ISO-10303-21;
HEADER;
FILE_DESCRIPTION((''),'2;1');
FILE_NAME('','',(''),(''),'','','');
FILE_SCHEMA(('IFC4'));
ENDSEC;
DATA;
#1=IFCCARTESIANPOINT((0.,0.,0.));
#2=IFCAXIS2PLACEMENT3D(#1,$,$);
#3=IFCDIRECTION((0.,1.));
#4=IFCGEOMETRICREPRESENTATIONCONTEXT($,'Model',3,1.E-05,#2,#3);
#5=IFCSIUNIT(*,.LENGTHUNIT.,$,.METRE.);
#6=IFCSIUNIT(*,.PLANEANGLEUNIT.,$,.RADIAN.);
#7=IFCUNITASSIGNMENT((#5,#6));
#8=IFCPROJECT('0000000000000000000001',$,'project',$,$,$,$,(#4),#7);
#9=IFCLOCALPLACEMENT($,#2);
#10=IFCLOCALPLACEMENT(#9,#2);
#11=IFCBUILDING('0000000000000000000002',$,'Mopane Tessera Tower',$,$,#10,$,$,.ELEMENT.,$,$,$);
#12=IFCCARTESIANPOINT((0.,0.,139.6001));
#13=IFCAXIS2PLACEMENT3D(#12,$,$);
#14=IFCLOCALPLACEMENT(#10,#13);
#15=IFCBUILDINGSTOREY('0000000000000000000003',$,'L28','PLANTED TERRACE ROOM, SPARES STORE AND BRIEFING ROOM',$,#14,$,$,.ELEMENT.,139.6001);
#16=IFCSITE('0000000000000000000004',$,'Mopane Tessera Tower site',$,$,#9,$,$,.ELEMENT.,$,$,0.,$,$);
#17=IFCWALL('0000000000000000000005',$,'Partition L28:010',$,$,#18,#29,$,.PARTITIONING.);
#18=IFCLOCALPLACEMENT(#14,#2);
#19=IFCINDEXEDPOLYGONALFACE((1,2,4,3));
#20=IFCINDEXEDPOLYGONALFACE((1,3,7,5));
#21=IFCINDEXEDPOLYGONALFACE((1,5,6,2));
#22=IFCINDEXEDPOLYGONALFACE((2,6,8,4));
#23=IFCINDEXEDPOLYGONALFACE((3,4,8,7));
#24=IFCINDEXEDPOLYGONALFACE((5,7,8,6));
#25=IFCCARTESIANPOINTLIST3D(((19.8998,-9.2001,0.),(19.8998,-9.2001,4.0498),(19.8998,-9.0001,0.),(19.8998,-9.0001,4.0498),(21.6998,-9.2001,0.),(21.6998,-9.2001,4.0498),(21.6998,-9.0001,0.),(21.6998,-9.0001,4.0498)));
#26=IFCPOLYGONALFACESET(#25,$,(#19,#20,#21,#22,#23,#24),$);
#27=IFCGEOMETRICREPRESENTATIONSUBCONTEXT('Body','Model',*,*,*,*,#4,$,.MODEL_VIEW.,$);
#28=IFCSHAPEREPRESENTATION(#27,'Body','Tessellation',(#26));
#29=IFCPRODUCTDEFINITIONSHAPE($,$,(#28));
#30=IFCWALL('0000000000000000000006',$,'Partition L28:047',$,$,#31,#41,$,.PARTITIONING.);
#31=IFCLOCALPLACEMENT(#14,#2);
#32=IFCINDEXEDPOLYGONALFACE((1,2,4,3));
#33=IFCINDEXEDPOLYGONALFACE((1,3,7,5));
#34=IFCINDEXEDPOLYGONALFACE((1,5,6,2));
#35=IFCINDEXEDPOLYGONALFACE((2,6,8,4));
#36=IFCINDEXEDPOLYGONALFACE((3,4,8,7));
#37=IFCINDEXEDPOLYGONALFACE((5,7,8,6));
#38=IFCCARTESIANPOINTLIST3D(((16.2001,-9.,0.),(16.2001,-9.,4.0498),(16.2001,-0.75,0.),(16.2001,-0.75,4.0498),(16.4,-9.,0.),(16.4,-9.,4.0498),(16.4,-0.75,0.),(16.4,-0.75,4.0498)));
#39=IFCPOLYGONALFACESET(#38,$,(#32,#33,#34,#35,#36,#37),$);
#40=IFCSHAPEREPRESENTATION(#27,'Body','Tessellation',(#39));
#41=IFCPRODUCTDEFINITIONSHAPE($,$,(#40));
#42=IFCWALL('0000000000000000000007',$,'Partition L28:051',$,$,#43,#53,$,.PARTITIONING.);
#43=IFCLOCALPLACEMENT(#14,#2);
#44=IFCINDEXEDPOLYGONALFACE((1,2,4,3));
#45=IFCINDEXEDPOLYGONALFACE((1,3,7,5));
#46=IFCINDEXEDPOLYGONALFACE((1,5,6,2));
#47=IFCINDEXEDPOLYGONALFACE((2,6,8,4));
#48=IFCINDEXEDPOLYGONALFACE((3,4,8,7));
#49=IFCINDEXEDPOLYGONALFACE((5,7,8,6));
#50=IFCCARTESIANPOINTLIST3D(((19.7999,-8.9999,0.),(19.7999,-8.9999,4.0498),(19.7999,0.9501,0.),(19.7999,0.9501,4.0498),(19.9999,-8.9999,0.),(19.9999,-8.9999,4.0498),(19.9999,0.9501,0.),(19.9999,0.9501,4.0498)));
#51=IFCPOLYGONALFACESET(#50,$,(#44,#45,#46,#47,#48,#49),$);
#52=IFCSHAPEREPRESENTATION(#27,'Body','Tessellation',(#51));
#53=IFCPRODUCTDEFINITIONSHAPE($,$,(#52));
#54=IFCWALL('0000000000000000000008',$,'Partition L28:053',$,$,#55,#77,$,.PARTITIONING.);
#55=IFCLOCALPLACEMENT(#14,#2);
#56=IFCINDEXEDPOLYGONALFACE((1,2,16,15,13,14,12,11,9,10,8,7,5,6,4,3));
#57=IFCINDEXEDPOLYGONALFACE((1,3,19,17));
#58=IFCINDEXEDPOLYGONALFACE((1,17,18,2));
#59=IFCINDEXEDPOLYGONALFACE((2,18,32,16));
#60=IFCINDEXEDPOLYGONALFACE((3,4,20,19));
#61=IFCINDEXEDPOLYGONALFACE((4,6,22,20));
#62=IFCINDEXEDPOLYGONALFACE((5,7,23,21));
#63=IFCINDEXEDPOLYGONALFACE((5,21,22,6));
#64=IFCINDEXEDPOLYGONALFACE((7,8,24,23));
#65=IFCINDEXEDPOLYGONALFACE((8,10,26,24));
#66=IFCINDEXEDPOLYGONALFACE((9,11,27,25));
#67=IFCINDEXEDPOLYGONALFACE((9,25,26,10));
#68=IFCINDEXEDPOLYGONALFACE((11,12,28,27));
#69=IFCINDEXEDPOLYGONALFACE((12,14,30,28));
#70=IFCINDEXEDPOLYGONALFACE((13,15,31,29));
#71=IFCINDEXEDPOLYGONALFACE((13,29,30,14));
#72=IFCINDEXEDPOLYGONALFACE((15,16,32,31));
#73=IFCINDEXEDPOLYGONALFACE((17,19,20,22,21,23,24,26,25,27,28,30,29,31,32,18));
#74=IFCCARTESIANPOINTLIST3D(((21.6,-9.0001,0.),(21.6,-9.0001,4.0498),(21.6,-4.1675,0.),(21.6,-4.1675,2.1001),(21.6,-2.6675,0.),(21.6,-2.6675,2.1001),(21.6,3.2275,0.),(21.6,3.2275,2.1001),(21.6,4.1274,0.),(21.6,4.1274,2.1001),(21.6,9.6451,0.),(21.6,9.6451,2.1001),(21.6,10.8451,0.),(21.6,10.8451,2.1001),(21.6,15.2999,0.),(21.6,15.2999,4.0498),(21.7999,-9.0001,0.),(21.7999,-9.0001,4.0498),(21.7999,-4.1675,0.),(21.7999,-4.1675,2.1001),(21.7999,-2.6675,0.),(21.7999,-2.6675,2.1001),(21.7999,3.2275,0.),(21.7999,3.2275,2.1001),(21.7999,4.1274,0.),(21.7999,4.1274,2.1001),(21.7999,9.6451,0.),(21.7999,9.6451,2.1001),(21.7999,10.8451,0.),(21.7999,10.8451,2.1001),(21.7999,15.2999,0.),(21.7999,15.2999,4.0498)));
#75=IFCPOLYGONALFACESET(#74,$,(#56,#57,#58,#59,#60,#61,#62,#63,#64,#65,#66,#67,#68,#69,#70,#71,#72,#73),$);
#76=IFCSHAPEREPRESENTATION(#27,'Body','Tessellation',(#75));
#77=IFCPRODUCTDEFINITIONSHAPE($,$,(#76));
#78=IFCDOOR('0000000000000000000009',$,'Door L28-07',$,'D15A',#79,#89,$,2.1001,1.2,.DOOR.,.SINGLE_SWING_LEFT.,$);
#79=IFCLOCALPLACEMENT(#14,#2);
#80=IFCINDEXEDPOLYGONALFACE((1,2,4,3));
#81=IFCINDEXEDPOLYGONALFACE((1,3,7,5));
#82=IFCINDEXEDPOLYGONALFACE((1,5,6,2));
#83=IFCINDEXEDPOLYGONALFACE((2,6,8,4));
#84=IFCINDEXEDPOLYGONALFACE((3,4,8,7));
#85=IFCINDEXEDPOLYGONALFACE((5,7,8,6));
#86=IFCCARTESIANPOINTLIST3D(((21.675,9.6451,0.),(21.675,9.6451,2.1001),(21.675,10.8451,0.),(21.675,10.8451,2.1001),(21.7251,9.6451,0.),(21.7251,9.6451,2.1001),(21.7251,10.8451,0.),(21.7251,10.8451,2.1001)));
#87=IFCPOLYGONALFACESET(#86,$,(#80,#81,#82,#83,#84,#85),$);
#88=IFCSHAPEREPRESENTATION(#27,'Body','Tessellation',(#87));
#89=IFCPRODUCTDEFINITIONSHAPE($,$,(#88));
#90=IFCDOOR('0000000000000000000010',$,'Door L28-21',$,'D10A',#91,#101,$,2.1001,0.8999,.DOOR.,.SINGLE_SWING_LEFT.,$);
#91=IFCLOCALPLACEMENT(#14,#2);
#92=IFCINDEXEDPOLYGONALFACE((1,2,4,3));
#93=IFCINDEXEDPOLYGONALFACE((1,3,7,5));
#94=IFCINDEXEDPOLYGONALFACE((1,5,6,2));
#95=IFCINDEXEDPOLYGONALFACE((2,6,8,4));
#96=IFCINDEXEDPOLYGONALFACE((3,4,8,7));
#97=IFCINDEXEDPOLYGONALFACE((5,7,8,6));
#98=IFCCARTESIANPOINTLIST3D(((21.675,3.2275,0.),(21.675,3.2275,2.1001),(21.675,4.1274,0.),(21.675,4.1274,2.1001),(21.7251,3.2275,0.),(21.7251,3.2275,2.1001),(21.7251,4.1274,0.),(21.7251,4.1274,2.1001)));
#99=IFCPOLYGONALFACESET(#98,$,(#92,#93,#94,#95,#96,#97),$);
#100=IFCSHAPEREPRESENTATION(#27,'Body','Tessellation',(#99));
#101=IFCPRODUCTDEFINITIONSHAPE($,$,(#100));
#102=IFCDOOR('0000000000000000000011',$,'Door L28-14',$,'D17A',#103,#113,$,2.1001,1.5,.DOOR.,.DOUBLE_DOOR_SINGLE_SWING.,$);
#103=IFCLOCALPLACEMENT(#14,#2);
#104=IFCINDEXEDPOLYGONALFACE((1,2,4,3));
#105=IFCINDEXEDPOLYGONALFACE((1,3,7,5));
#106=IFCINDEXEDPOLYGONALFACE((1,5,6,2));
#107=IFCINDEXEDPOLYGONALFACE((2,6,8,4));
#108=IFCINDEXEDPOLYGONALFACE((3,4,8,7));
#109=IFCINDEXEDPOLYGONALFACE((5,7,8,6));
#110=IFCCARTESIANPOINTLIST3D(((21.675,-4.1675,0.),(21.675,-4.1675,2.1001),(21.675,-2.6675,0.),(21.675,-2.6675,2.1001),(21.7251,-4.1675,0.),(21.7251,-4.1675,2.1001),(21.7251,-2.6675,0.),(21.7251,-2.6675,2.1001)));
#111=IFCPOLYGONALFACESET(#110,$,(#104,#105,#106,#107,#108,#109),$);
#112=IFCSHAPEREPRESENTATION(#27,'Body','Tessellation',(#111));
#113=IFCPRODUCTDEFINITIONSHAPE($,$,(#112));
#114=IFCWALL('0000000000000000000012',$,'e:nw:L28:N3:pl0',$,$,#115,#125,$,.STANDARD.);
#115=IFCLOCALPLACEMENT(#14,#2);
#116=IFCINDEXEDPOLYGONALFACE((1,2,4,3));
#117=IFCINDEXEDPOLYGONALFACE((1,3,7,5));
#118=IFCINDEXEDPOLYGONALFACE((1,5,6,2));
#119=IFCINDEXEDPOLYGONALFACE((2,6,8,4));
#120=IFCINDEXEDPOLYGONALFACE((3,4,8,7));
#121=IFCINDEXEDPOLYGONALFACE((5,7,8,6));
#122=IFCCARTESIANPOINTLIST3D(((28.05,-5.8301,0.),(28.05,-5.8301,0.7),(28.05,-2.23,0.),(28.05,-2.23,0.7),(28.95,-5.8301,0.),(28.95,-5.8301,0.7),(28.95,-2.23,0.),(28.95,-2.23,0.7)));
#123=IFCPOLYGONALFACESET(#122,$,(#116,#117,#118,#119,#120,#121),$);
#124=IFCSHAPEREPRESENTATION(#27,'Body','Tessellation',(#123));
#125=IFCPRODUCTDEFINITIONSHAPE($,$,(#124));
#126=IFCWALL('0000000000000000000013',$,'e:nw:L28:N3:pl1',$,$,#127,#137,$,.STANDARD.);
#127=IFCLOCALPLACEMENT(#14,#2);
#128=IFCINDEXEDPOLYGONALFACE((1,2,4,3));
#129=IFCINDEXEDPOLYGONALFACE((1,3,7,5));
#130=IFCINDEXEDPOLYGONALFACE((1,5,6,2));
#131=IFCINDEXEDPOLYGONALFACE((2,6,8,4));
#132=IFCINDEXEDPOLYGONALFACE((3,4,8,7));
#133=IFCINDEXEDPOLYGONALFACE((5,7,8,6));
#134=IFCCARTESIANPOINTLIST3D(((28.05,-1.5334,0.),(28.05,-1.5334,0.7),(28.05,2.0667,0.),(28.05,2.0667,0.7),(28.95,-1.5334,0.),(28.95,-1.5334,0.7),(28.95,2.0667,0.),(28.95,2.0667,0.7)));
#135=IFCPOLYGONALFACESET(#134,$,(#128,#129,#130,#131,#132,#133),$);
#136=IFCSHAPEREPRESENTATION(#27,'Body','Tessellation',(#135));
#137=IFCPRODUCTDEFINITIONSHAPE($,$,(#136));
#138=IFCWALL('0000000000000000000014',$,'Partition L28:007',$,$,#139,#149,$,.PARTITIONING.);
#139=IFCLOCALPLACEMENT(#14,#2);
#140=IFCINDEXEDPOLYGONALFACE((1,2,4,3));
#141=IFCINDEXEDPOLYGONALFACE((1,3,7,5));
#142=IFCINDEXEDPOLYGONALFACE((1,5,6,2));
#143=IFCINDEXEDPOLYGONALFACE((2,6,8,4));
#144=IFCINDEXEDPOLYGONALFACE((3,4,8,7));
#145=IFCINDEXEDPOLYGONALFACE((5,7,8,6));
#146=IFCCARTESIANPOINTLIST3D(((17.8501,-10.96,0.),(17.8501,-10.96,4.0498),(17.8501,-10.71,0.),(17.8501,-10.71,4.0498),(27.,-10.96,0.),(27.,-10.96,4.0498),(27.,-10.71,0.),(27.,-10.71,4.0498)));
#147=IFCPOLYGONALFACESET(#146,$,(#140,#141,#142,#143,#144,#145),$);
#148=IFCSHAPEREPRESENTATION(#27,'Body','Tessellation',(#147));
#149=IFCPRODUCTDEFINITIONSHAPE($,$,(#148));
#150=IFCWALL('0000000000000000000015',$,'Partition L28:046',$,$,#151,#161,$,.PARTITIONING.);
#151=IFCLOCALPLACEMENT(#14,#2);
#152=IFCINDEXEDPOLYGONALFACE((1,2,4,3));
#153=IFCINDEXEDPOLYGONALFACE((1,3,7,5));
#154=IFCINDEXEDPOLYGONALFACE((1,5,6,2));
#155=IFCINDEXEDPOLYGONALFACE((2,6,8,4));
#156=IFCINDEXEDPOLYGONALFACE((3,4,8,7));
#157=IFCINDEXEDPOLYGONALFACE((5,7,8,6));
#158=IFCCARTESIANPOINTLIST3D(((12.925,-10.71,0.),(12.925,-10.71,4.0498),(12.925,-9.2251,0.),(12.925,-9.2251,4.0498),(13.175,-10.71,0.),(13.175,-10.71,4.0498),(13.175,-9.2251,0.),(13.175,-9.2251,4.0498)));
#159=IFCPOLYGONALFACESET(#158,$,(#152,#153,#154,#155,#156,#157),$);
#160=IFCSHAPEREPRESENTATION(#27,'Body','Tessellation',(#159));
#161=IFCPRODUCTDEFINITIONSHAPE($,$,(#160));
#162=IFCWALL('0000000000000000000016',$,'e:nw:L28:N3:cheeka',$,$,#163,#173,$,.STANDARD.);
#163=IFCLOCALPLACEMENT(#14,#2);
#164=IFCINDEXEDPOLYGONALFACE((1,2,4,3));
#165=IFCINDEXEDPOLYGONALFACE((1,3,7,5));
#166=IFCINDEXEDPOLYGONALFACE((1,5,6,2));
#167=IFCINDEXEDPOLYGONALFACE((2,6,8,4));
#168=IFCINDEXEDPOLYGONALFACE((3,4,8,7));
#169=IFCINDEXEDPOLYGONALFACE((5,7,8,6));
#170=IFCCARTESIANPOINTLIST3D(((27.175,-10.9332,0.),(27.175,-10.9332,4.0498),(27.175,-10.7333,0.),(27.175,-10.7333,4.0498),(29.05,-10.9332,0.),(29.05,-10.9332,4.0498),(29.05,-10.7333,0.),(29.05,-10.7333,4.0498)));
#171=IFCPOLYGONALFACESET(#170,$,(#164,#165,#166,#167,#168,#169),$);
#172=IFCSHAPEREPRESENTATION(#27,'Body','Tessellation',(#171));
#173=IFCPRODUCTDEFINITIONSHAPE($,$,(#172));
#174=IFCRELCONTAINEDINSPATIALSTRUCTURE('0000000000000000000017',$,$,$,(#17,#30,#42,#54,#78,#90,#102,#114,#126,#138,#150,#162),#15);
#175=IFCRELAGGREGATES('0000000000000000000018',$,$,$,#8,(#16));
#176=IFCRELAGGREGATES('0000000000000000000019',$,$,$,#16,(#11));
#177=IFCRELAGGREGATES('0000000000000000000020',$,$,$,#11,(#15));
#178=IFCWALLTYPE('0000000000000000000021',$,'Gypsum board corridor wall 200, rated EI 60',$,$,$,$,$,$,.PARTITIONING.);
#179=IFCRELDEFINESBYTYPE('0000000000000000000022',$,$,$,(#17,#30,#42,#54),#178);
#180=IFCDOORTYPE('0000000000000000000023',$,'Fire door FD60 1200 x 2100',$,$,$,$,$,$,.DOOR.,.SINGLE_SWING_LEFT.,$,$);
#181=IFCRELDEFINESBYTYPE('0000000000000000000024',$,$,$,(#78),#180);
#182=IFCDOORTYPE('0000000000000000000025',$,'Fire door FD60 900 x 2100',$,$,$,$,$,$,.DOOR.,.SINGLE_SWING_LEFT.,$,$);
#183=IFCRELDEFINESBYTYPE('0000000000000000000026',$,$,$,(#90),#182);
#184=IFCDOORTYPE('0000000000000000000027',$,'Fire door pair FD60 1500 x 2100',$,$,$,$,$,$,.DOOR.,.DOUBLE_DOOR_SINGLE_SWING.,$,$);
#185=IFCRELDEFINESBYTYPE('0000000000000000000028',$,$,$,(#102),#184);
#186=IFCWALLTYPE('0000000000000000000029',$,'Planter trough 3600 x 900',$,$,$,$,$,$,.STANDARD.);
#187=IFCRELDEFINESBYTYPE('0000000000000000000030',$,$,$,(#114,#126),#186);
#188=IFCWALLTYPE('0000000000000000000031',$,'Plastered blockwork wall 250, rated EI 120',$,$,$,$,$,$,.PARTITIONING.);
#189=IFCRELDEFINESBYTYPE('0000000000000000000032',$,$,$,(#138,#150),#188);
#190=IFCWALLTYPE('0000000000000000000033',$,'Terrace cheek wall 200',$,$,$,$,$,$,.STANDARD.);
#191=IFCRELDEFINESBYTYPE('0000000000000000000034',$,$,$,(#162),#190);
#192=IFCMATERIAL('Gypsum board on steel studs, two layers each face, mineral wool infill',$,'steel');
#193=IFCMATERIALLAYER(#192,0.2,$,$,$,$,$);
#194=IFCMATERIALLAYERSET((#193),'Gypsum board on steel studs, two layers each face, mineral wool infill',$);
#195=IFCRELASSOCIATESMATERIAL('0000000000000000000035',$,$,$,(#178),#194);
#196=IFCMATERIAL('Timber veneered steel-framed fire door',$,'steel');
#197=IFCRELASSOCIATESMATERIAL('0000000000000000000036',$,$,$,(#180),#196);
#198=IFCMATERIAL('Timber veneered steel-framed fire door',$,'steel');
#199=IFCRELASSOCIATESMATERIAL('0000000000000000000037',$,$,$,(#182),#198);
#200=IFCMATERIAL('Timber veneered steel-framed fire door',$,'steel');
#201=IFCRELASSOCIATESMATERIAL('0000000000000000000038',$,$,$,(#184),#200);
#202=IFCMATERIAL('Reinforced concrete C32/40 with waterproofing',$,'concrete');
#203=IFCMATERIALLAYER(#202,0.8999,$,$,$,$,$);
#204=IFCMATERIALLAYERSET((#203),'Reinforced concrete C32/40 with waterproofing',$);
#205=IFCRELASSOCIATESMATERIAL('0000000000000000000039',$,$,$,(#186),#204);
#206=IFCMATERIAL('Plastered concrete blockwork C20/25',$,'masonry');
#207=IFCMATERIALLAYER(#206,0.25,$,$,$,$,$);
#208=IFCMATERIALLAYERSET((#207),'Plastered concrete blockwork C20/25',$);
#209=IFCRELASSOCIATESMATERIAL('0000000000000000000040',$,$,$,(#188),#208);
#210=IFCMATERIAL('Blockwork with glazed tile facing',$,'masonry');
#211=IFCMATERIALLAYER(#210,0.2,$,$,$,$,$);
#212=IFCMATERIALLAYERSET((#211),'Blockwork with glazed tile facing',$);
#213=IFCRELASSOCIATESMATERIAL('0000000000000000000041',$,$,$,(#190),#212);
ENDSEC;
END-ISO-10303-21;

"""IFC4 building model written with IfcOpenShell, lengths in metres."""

from ifc_helpers import new_model, si_unit, direction, frame, frame_2d, origin, place, context, subcontext, project, spatial, rectangle, extrude, material, layer, layer_set, type_object, element, fill, save


model = new_model("IFC4")

# Units and contexts
model_context = context("Model", 3, precision=1e-05, world=origin(), true_north=direction((0.0, 1.0)))
body_context = subcontext(model_context, "Body", "Model", "MODEL_VIEW")
ifc_project = project(units=[si_unit("LENGTHUNIT", "METRE"), si_unit("PLANEANGLEUNIT", "RADIAN")], contexts=[model_context])

# Site, building, storey
site_placement = place(None, origin())
site = spatial("IfcSite", under=ifc_project, at=site_placement, Name="Mopane Tessera Tower site", CompositionType="ELEMENT", RefElevation=0.0)
building_placement = place(site_placement, origin())
building = spatial("IfcBuilding", under=site, at=building_placement, Name="Mopane Tessera Tower", CompositionType="ELEMENT")
storey_placement = place(building_placement, frame((0.0, 0.0, 139.6001)))
storey = spatial("IfcBuildingStorey", under=building, at=storey_placement, Name="L28", Description="PLANTED TERRACE ROOM, SPARES STORE AND BRIEFING ROOM", CompositionType="ELEMENT", Elevation=139.6001)

# Walls
ifc_material_1 = material(Name="Gypsum board on steel studs, two layers each face, mineral wool infill", Category="steel")
ifc_layer_1 = layer(ifc_material_1, 0.2)
ifc_layer_set_1 = layer_set([ifc_layer_1], Name="Gypsum board on steel studs, two layers each face, mineral wool infill")
wall_type_1 = type_object("IfcWallType", Name="Gypsum board corridor wall 200, rated EI 60", PredefinedType="PARTITIONING", material=ifc_layer_set_1)
wall_1_placement = place(storey_placement, frame((19.8999, -9.1001, 0.0), z_axis=(0.0, 0.0, 1.0), x_axis=(1.0, 0.0, 0.0)))
element("IfcWall", 1, at=wall_1_placement, inside=storey, type_object=wall_type_1, Name="Partition L28:010", PredefinedType="PARTITIONING", context=body_context, shape_type="SweptSolid", body=[
    extrude(rectangle(XDim=1.8, YDim=0.2, at=frame_2d((0.8999, 0.0))), origin(), (0.0, 0.0, 1.0), 4.0498),
])
wall_2_placement = place(storey_placement, frame((16.3, -9.0, 0.0), z_axis=(0.0, 0.0, 1.0), x_axis=(0.0, 1.0, 0.0)))
element("IfcWall", 2, at=wall_2_placement, inside=storey, type_object=wall_type_1, Name="Partition L28:047", PredefinedType="PARTITIONING", context=body_context, shape_type="SweptSolid", body=[
    extrude(rectangle(XDim=8.25, YDim=0.2, at=frame_2d((4.125, 0.0))), origin(), (0.0, 0.0, 1.0), 4.0498),
])
wall_3_placement = place(storey_placement, frame((19.8999, -9.0, 0.0), z_axis=(0.0, 0.0, 1.0), x_axis=(0.0, 1.0, 0.0)))
element("IfcWall", 3, at=wall_3_placement, inside=storey, type_object=wall_type_1, Name="Partition L28:051", PredefinedType="PARTITIONING", context=body_context, shape_type="SweptSolid", body=[
    extrude(rectangle(XDim=9.95, YDim=0.2, at=frame_2d((4.9751, 0.0))), origin(), (0.0, 0.0, 1.0), 4.0498),
])

# Wall, openings, doors
wall_4_placement = place(storey_placement, frame((21.7, -9.0, 0.0), z_axis=(0.0, 0.0, 1.0), x_axis=(0.0, 1.0, 0.0)))
wall_4 = element("IfcWall", 4, at=wall_4_placement, inside=storey, type_object=wall_type_1, Name="Partition L28:053", PredefinedType="PARTITIONING", context=body_context, shape_type="SweptSolid", body=[
    extrude(rectangle(XDim=24.3, YDim=0.2, at=frame_2d((12.1499, 0.0))), origin(), (0.0, 0.0, 1.0), 4.0498),
])
opening_1_placement = place(wall_4_placement, frame((18.645, 0.0, 0.0)))
opening_1 = element("IfcOpeningElement", 5, at=opening_1_placement, cuts=wall_4, PredefinedType="OPENING", context=body_context, shape_type="SweptSolid", body=[
    extrude(rectangle(XDim=1.2, YDim=2.1001, at=frame_2d((0.6001, 1.05))), frame((0.0, 0.1121, 0.0), z_axis=(0.0, -1.0, 0.0), x_axis=(1.0, 0.0, 0.0)), (0.0, 0.0, 1.0), 0.2239),
])
opening_2_placement = place(wall_4_placement, frame((4.8325, 0.0, 0.0)))
opening_2 = element("IfcOpeningElement", 6, at=opening_2_placement, cuts=wall_4, PredefinedType="OPENING", context=body_context, shape_type="SweptSolid", body=[
    extrude(rectangle(XDim=1.5, YDim=2.1001, at=frame_2d((0.75, 1.05))), frame((0.0, 0.1121, 0.0), z_axis=(0.0, -1.0, 0.0), x_axis=(1.0, 0.0, 0.0)), (0.0, 0.0, 1.0), 0.2239),
])
opening_3_placement = place(wall_4_placement, frame((12.2275, 0.0, 0.0)))
opening_3 = element("IfcOpeningElement", 7, at=opening_3_placement, cuts=wall_4, PredefinedType="OPENING", context=body_context, shape_type="SweptSolid", body=[
    extrude(rectangle(XDim=0.8999, YDim=2.1001, at=frame_2d((0.45, 1.05))), frame((0.0, 0.1121, 0.0), z_axis=(0.0, -1.0, 0.0), x_axis=(1.0, 0.0, 0.0)), (0.0, 0.0, 1.0), 0.2239),
])
ifc_material_2 = material(Name="Timber veneered steel-framed fire door", Category="steel")
door_type_1 = type_object("IfcDoorType", Name="Fire door FD60 1200 x 2100", OperationType="SINGLE_SWING_LEFT", PredefinedType="DOOR", material=ifc_material_2)
door_1_placement = place(opening_1_placement, origin())
door_1 = element("IfcDoor", 8, at=door_1_placement, inside=storey, type_object=door_type_1, Name="Door L28-07", ObjectType="D15A", OperationType="SINGLE_SWING_LEFT", OverallHeight=2.1001, OverallWidth=1.2, PredefinedType="DOOR", context=body_context, shape_type="SweptSolid", body=[
    extrude(rectangle(XDim=1.2, YDim=2.1001, at=frame_2d((0.6001, 1.05))), frame((0.0, 0.0249, 0.0), z_axis=(0.0, -1.0, 0.0), x_axis=(1.0, 0.0, 0.0)), (0.0, 0.0, 1.0), 0.05),
])
fill(opening_1, door_1)
ifc_material_3 = material(Name="Timber veneered steel-framed fire door", Category="steel")
door_type_2 = type_object("IfcDoorType", Name="Fire door FD60 900 x 2100", OperationType="SINGLE_SWING_LEFT", PredefinedType="DOOR", material=ifc_material_3)
door_2_placement = place(opening_3_placement, origin())
door_2 = element("IfcDoor", 9, at=door_2_placement, inside=storey, type_object=door_type_2, Name="Door L28-21", ObjectType="D10A", OperationType="SINGLE_SWING_LEFT", OverallHeight=2.1001, OverallWidth=0.8999, PredefinedType="DOOR", context=body_context, shape_type="SweptSolid", body=[
    extrude(rectangle(XDim=0.8999, YDim=2.1001, at=frame_2d((0.45, 1.05))), frame((0.0, 0.0249, 0.0), z_axis=(0.0, -1.0, 0.0), x_axis=(1.0, 0.0, 0.0)), (0.0, 0.0, 1.0), 0.05),
])
fill(opening_3, door_2)
ifc_material_4 = material(Name="Timber veneered steel-framed fire door", Category="steel")
door_type_3 = type_object("IfcDoorType", Name="Fire door pair FD60 1500 x 2100", OperationType="DOUBLE_DOOR_SINGLE_SWING", PredefinedType="DOOR", material=ifc_material_4)
door_3_placement = place(opening_2_placement, origin())
door_3 = element("IfcDoor", 10, at=door_3_placement, inside=storey, type_object=door_type_3, Name="Door L28-14", ObjectType="D17A", OperationType="DOUBLE_DOOR_SINGLE_SWING", OverallHeight=2.1001, OverallWidth=1.5, PredefinedType="DOOR", context=body_context, shape_type="SweptSolid", body=[
    extrude(rectangle(XDim=1.5, YDim=2.1001, at=frame_2d((0.75, 1.05))), frame((0.0, 0.0249, 0.0), z_axis=(0.0, -1.0, 0.0), x_axis=(1.0, 0.0, 0.0)), (0.0, 0.0, 1.0), 0.05),
])
fill(opening_2, door_3)

# Walls
ifc_material_5 = material(Name="Reinforced concrete C32/40 with waterproofing", Category="concrete")
ifc_layer_2 = layer(ifc_material_5, 0.8999)
ifc_layer_set_2 = layer_set([ifc_layer_2], Name="Reinforced concrete C32/40 with waterproofing")
wall_type_2 = type_object("IfcWallType", Name="Planter trough 3600 x 900", PredefinedType="STANDARD", material=ifc_layer_set_2)
for number, where, z_axis, x_axis, name in (
    (11, (28.5, -5.8301, 0.0), (0.0, 0.0, 1.0), (0.0, 1.0, 0.0), "e:nw:L28:N3:pl0"),
    (12, (28.5, -1.5334, 0.0), (0.0, 0.0, 1.0), (0.0, 1.0, 0.0), "e:nw:L28:N3:pl1"),
):
    element("IfcWall", number, at=place(storey_placement, frame(where, z_axis=z_axis, x_axis=x_axis)), inside=storey, type_object=wall_type_2, Name=name, PredefinedType="STANDARD", context=body_context, shape_type="SweptSolid", body=[
        extrude(rectangle(XDim=3.6001, YDim=0.8999, at=frame_2d((1.8, 0.0))), origin(), (0.0, 0.0, 1.0), 0.7),
    ])
ifc_material_6 = material(Name="Plastered concrete blockwork C20/25", Category="masonry")
ifc_layer_3 = layer(ifc_material_6, 0.25)
ifc_layer_set_3 = layer_set([ifc_layer_3], Name="Plastered concrete blockwork C20/25")
wall_type_3 = type_object("IfcWallType", Name="Plastered blockwork wall 250, rated EI 120", PredefinedType="PARTITIONING", material=ifc_layer_set_3)
wall_5_placement = place(storey_placement, frame((17.8501, -10.835, 0.0), z_axis=(0.0, 0.0, 1.0), x_axis=(1.0, 0.0, 0.0)))
element("IfcWall", 13, at=wall_5_placement, inside=storey, type_object=wall_type_3, Name="Partition L28:007", PredefinedType="PARTITIONING", context=body_context, shape_type="SweptSolid", body=[
    extrude(rectangle(XDim=9.1499, YDim=0.25, at=frame_2d((4.575, 0.0))), origin(), (0.0, 0.0, 1.0), 4.0498),
])
wall_6_placement = place(storey_placement, frame((13.05, -10.71, 0.0), z_axis=(0.0, 0.0, 1.0), x_axis=(0.0, 1.0, 0.0)))
element("IfcWall", 14, at=wall_6_placement, inside=storey, type_object=wall_type_3, Name="Partition L28:046", PredefinedType="PARTITIONING", context=body_context, shape_type="SweptSolid", body=[
    extrude(rectangle(XDim=1.4849, YDim=0.25, at=frame_2d((0.7424, 0.0))), origin(), (0.0, 0.0, 1.0), 4.0498),
])
ifc_material_7 = material(Name="Blockwork with glazed tile facing", Category="masonry")
ifc_layer_4 = layer(ifc_material_7, 0.2)
ifc_layer_set_4 = layer_set([ifc_layer_4], Name="Blockwork with glazed tile facing")
wall_type_4 = type_object("IfcWallType", Name="Terrace cheek wall 200", PredefinedType="STANDARD", material=ifc_layer_set_4)
wall_7_placement = place(storey_placement, frame((29.05, -10.8333, 0.0), z_axis=(0.0, 0.0, 1.0), x_axis=(-1.0, 0.0, 0.0)))
element("IfcWall", 15, at=wall_7_placement, inside=storey, type_object=wall_type_4, Name="e:nw:L28:N3:cheeka", PredefinedType="STANDARD", context=body_context, shape_type="SweptSolid", body=[
    extrude(rectangle(XDim=1.875, YDim=0.2, at=frame_2d((0.9375, 0.0))), origin(), (0.0, 0.0, 1.0), 4.0498),
])

save(model, "model.ifc")
